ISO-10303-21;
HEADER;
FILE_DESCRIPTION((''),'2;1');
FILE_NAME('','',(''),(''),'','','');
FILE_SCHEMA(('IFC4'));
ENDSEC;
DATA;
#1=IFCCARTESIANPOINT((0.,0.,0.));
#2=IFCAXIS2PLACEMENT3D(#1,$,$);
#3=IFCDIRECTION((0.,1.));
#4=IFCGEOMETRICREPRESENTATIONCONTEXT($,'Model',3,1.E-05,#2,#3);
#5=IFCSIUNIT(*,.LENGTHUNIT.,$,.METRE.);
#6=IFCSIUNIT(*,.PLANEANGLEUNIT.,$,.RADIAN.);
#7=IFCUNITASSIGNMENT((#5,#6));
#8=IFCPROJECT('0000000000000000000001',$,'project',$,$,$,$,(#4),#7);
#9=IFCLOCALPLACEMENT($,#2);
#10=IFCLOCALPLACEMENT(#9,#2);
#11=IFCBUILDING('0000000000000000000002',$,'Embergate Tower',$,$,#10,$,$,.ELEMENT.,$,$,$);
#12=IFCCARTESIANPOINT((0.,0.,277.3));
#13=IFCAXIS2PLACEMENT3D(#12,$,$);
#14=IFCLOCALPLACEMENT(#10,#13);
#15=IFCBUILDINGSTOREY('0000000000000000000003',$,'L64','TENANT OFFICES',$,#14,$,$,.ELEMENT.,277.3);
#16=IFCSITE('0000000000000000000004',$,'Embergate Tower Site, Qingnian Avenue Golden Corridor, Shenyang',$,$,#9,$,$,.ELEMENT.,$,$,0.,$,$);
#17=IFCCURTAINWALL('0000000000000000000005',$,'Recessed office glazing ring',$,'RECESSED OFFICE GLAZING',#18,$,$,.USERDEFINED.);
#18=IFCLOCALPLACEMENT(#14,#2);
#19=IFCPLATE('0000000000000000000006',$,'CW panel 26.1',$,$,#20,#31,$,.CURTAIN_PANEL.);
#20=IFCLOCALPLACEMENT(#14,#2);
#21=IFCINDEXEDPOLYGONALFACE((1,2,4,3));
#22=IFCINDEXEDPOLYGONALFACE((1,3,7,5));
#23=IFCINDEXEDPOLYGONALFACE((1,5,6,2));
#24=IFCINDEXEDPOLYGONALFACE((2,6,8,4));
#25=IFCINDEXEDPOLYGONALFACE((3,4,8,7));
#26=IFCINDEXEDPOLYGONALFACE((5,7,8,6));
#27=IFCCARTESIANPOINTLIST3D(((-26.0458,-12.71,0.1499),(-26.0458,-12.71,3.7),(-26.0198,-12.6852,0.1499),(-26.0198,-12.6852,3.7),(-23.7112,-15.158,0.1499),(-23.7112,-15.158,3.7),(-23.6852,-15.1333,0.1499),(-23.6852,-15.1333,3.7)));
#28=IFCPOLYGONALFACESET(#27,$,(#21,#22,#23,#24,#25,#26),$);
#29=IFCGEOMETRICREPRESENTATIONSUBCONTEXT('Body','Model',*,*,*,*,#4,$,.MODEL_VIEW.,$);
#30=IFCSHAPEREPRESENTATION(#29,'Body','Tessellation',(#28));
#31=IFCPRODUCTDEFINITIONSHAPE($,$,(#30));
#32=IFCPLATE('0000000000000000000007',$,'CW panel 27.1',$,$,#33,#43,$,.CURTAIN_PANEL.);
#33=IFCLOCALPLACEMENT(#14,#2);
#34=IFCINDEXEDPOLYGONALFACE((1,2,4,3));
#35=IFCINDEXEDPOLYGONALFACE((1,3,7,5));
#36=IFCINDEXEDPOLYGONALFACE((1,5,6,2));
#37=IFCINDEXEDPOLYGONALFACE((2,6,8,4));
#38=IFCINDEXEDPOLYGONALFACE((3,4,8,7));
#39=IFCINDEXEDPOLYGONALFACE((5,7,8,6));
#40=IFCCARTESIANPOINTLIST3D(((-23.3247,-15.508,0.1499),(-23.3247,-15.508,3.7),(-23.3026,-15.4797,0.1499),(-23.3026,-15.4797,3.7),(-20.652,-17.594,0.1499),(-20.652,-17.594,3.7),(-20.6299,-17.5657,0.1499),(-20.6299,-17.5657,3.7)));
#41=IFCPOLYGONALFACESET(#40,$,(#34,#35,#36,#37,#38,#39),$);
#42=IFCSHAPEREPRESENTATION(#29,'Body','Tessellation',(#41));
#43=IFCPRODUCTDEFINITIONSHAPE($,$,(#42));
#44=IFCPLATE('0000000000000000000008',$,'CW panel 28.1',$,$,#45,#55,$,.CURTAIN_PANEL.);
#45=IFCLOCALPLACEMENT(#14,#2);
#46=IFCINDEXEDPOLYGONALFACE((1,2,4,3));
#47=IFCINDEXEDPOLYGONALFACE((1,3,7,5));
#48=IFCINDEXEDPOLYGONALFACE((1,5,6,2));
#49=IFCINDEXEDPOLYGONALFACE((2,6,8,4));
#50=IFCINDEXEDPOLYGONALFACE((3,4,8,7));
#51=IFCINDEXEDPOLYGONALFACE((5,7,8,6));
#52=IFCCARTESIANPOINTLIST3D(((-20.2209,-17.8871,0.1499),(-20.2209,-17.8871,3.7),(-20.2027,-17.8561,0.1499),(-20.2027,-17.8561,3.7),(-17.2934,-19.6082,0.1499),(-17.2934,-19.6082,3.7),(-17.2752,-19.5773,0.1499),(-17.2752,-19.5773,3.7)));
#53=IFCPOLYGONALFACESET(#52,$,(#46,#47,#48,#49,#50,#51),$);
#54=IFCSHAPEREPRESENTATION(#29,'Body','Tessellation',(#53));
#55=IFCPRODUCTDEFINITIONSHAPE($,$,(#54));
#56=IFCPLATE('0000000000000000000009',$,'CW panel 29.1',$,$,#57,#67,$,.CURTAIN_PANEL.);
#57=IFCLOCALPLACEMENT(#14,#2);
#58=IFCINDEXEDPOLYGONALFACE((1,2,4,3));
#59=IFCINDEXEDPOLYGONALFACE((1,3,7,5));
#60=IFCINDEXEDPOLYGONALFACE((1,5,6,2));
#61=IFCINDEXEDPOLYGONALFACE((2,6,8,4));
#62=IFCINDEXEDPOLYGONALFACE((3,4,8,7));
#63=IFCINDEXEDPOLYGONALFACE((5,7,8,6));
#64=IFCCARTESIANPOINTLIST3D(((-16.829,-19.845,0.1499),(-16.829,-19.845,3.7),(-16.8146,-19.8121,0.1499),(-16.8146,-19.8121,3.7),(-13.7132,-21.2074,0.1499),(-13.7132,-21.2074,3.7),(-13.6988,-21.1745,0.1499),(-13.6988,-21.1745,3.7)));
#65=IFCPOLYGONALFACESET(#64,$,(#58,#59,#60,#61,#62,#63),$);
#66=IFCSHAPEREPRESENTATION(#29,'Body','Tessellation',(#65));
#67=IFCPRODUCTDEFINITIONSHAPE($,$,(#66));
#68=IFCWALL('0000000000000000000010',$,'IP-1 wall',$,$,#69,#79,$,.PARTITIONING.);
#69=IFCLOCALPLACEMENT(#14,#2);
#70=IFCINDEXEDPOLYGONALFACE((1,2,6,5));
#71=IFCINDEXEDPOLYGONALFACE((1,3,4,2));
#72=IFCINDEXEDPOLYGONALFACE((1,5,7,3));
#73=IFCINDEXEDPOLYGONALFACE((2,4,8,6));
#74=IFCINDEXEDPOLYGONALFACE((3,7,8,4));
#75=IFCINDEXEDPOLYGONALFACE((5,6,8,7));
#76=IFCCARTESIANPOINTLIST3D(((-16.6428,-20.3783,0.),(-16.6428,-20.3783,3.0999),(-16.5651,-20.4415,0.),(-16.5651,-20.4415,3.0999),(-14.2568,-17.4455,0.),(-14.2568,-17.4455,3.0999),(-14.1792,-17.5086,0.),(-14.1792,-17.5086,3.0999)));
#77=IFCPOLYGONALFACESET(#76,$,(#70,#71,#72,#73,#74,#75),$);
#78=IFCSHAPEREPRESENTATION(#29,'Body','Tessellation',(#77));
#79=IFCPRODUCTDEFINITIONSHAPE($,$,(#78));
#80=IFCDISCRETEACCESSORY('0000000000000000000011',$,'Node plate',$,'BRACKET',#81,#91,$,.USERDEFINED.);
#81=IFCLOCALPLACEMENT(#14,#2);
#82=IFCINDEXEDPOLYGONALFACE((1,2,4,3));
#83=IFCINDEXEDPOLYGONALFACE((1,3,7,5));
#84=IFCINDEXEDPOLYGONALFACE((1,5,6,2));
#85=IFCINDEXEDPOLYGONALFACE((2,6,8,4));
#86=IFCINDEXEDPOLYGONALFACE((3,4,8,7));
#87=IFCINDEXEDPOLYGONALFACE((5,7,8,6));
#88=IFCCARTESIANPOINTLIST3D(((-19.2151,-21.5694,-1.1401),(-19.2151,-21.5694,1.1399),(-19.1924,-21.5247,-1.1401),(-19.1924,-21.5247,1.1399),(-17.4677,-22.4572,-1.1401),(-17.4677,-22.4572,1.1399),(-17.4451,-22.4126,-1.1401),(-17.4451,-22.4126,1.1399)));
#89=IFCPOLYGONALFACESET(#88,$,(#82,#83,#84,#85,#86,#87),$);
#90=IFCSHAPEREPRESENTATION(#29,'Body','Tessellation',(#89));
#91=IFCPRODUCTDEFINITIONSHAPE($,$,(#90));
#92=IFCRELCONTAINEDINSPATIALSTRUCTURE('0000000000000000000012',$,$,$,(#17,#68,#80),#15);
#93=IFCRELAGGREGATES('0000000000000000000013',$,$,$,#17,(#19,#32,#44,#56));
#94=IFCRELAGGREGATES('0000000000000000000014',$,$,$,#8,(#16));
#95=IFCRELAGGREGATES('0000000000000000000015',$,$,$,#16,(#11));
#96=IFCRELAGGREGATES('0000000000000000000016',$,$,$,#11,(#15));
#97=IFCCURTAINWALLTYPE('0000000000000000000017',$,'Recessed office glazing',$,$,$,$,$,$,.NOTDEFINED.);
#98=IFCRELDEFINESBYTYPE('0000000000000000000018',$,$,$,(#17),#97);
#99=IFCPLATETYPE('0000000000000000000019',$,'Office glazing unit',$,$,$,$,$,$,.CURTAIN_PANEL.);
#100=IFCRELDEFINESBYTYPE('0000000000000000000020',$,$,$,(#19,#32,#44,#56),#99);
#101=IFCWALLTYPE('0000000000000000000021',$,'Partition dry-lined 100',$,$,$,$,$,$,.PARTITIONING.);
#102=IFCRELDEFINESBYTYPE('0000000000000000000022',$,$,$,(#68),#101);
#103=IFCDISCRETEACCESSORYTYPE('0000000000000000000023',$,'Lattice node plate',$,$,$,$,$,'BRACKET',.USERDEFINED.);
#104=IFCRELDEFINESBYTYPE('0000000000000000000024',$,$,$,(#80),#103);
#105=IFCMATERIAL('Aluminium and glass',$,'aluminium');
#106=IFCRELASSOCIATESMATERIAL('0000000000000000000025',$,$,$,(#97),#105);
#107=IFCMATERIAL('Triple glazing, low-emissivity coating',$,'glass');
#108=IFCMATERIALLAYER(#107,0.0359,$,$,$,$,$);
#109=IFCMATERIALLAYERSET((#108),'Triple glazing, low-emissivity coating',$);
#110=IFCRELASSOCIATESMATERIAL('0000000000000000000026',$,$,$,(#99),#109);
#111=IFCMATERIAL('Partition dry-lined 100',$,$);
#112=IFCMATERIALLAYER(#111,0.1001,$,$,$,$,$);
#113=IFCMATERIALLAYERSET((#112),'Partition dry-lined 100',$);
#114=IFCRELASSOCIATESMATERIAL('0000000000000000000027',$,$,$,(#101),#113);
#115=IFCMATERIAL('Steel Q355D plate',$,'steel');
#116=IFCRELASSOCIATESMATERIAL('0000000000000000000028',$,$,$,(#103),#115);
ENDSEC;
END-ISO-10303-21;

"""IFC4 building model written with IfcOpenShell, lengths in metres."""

from ifc_helpers import new_model, si_unit, direction, frame, frame_2d, origin, origin_2d, place, context, subcontext, project, spatial, rectangle, extrude, source, transform, mapped, material, layer, layer_set, type_object, element, aggregate, save


model = new_model("IFC4")

# Units and contexts
model_context = context("Model", 3, precision=1e-05, world=origin(), true_north=direction((0.0, 1.0)))
body_context = subcontext(model_context, "Body", "Model", "MODEL_VIEW")
ifc_project = project(units=[si_unit("LENGTHUNIT", "METRE"), si_unit("PLANEANGLEUNIT", "RADIAN")], contexts=[model_context])

# Site, building, storey
site_placement = place(None, origin())
site = spatial("IfcSite", under=ifc_project, at=site_placement, Name="Embergate Tower Site, Qingnian Avenue Golden Corridor, Shenyang", CompositionType="ELEMENT", RefElevation=0.0)
building_placement = place(site_placement, origin())
building = spatial("IfcBuilding", under=site, at=building_placement, Name="Embergate Tower", CompositionType="ELEMENT")
storey_placement = place(building_placement, frame((0.0, 0.0, 277.3)))
storey = spatial("IfcBuildingStorey", under=building, at=storey_placement, Name="L64", Description="TENANT OFFICES", CompositionType="ELEMENT", Elevation=277.3)

# Curtain wall, plates
ifc_material_1 = material(Name="Aluminium and glass", Category="aluminium")
curtain_wall_type = type_object("IfcCurtainWallType", Name="Recessed office glazing", PredefinedType="NOTDEFINED", material=ifc_material_1)
curtain_wall_placement = place(storey_placement, origin())
curtain_wall = element("IfcCurtainWall", 1, at=curtain_wall_placement, inside=storey, type_object=curtain_wall_type, Name="Recessed office glazing ring", ObjectType="RECESSED OFFICE GLAZING", PredefinedType="USERDEFINED")
ifc_material_2 = material(Name="Triple glazing, low-emissivity coating", Category="glass")
ifc_layer_1 = layer(ifc_material_2, 0.0359)
ifc_layer_set_1 = layer_set([ifc_layer_1], Name="Triple glazing, low-emissivity coating")
plate_type = type_object("IfcPlateType", Name="Office glazing unit", PredefinedType="CURTAIN_PANEL", material=ifc_layer_set_1)
shared_shape_1 = source(origin(), body_context, "Body", "SweptSolid", [
    extrude(rectangle(XDim=3.3828, YDim=0.0359, at=origin_2d()), origin(), (0.0, 0.0, 1.0), 3.55),
])
plate_1_placement = place(storey_placement, frame((-24.8655, -13.9216, 0.1499), z_axis=(0.0, 0.0, 1.0), x_axis=(0.690139, -0.723677, 0.0)))
plate_1 = element("IfcPlate", 2, at=plate_1_placement, type_object=plate_type, Name="CW panel 26.1", PredefinedType="CURTAIN_PANEL", context=body_context, shape_type="MappedRepresentation", body=[
    mapped(shared_shape_1, transform((0.0, 0.0, 0.0))),
])
shared_shape_2 = source(origin(), body_context, "Body", "SweptSolid", [
    extrude(rectangle(XDim=3.3904, YDim=0.0359, at=origin_2d()), origin(), (0.0, 0.0, 1.0), 3.55),
])
plate_2_placement = place(storey_placement, frame((-21.9773, -16.5369, 0.1499), z_axis=(0.0, 0.0, 1.0), x_axis=(0.788323, -0.615261, 0.0)))
plate_2 = element("IfcPlate", 3, at=plate_2_placement, type_object=plate_type, Name="CW panel 27.1", PredefinedType="CURTAIN_PANEL", context=body_context, shape_type="MappedRepresentation", body=[
    mapped(shared_shape_2, transform((0.0, 0.0, 0.0))),
])
shared_shape_3 = source(origin(), body_context, "Body", "SweptSolid", [
    extrude(rectangle(XDim=3.396, YDim=0.0359, at=origin_2d()), origin(), (0.0, 0.0, 1.0), 3.55),
])
plate_3_placement = place(storey_placement, frame((-18.748, -18.7322, 0.1499), z_axis=(0.0, 0.0, 1.0), x_axis=(0.862055, -0.506815, 0.0)))
plate_3 = element("IfcPlate", 4, at=plate_3_placement, type_object=plate_type, Name="CW panel 28.1", PredefinedType="CURTAIN_PANEL", context=body_context, shape_type="MappedRepresentation", body=[
    mapped(shared_shape_3, transform((0.0, 0.0, 0.0))),
])
shared_shape_4 = source(origin(), body_context, "Body", "SweptSolid", [
    extrude(rectangle(XDim=3.4006, YDim=0.0359, at=origin_2d()), origin(), (0.0, 0.0, 1.0), 3.55),
])
plate_4_placement = place(storey_placement, frame((-15.2639, -20.5098, 0.1499), z_axis=(0.0, 0.0, 1.0), x_axis=(0.916237, -0.400637, 0.0)))
plate_4 = element("IfcPlate", 5, at=plate_4_placement, type_object=plate_type, Name="CW panel 29.1", PredefinedType="CURTAIN_PANEL", context=body_context, shape_type="MappedRepresentation", body=[
    mapped(shared_shape_4, transform((0.0, 0.0, 0.0))),
])
aggregate(curtain_wall, [plate_1, plate_2, plate_3, plate_4])

# Wall
ifc_material_3 = material(Name="Partition dry-lined 100")
ifc_layer_2 = layer(ifc_material_3, 0.1001)
ifc_layer_set_2 = layer_set([ifc_layer_2], Name="Partition dry-lined 100")
wall_type = type_object("IfcWallType", Name="Partition dry-lined 100", PredefinedType="PARTITIONING", material=ifc_layer_set_2)
shared_shape_5 = source(origin(), body_context, "Body", "SweptSolid", [
    extrude(rectangle(XDim=3.7808, YDim=0.1001, at=frame_2d((1.8904, 0.0))), origin(), (0.0, 0.0, 1.0), 3.0999),
])
wall_placement = place(storey_placement, frame((-14.218, -17.4771, 0.0), z_axis=(0.0, 0.0, 1.0), x_axis=(-0.631076, -0.775721, 0.0)))
element("IfcWall", 6, at=wall_placement, inside=storey, type_object=wall_type, Name="IP-1 wall", PredefinedType="PARTITIONING", context=body_context, shape_type="MappedRepresentation", body=[
    mapped(shared_shape_5, transform((0.0, 0.0, 0.0))),
])

# Discrete accessory
ifc_material_4 = material(Name="Steel Q355D plate", Category="steel")
discrete_accessory_type = type_object("IfcDiscreteAccessoryType", Name="Lattice node plate", ElementType="BRACKET", PredefinedType="USERDEFINED", material=ifc_material_4)
shared_shape_6 = source(origin(), body_context, "Body", "SweptSolid", [
    extrude(rectangle(XDim=1.96, YDim=0.05, at=origin_2d()), origin(), (0.0, 0.0, 1.0), 2.28),
])
discrete_accessory_placement = place(storey_placement, frame((-18.3301, -21.991, -1.1401), z_axis=(0.0, 0.0, 1.0), x_axis=(0.891513, -0.452995, 0.0)))
element("IfcDiscreteAccessory", 7, at=discrete_accessory_placement, inside=storey, type_object=discrete_accessory_type, Name="Node plate", ObjectType="BRACKET", PredefinedType="USERDEFINED", context=body_context, shape_type="MappedRepresentation", body=[
    mapped(shared_shape_6, transform((0.0, 0.0, 0.0))),
])

save(model, "model.ifc")
